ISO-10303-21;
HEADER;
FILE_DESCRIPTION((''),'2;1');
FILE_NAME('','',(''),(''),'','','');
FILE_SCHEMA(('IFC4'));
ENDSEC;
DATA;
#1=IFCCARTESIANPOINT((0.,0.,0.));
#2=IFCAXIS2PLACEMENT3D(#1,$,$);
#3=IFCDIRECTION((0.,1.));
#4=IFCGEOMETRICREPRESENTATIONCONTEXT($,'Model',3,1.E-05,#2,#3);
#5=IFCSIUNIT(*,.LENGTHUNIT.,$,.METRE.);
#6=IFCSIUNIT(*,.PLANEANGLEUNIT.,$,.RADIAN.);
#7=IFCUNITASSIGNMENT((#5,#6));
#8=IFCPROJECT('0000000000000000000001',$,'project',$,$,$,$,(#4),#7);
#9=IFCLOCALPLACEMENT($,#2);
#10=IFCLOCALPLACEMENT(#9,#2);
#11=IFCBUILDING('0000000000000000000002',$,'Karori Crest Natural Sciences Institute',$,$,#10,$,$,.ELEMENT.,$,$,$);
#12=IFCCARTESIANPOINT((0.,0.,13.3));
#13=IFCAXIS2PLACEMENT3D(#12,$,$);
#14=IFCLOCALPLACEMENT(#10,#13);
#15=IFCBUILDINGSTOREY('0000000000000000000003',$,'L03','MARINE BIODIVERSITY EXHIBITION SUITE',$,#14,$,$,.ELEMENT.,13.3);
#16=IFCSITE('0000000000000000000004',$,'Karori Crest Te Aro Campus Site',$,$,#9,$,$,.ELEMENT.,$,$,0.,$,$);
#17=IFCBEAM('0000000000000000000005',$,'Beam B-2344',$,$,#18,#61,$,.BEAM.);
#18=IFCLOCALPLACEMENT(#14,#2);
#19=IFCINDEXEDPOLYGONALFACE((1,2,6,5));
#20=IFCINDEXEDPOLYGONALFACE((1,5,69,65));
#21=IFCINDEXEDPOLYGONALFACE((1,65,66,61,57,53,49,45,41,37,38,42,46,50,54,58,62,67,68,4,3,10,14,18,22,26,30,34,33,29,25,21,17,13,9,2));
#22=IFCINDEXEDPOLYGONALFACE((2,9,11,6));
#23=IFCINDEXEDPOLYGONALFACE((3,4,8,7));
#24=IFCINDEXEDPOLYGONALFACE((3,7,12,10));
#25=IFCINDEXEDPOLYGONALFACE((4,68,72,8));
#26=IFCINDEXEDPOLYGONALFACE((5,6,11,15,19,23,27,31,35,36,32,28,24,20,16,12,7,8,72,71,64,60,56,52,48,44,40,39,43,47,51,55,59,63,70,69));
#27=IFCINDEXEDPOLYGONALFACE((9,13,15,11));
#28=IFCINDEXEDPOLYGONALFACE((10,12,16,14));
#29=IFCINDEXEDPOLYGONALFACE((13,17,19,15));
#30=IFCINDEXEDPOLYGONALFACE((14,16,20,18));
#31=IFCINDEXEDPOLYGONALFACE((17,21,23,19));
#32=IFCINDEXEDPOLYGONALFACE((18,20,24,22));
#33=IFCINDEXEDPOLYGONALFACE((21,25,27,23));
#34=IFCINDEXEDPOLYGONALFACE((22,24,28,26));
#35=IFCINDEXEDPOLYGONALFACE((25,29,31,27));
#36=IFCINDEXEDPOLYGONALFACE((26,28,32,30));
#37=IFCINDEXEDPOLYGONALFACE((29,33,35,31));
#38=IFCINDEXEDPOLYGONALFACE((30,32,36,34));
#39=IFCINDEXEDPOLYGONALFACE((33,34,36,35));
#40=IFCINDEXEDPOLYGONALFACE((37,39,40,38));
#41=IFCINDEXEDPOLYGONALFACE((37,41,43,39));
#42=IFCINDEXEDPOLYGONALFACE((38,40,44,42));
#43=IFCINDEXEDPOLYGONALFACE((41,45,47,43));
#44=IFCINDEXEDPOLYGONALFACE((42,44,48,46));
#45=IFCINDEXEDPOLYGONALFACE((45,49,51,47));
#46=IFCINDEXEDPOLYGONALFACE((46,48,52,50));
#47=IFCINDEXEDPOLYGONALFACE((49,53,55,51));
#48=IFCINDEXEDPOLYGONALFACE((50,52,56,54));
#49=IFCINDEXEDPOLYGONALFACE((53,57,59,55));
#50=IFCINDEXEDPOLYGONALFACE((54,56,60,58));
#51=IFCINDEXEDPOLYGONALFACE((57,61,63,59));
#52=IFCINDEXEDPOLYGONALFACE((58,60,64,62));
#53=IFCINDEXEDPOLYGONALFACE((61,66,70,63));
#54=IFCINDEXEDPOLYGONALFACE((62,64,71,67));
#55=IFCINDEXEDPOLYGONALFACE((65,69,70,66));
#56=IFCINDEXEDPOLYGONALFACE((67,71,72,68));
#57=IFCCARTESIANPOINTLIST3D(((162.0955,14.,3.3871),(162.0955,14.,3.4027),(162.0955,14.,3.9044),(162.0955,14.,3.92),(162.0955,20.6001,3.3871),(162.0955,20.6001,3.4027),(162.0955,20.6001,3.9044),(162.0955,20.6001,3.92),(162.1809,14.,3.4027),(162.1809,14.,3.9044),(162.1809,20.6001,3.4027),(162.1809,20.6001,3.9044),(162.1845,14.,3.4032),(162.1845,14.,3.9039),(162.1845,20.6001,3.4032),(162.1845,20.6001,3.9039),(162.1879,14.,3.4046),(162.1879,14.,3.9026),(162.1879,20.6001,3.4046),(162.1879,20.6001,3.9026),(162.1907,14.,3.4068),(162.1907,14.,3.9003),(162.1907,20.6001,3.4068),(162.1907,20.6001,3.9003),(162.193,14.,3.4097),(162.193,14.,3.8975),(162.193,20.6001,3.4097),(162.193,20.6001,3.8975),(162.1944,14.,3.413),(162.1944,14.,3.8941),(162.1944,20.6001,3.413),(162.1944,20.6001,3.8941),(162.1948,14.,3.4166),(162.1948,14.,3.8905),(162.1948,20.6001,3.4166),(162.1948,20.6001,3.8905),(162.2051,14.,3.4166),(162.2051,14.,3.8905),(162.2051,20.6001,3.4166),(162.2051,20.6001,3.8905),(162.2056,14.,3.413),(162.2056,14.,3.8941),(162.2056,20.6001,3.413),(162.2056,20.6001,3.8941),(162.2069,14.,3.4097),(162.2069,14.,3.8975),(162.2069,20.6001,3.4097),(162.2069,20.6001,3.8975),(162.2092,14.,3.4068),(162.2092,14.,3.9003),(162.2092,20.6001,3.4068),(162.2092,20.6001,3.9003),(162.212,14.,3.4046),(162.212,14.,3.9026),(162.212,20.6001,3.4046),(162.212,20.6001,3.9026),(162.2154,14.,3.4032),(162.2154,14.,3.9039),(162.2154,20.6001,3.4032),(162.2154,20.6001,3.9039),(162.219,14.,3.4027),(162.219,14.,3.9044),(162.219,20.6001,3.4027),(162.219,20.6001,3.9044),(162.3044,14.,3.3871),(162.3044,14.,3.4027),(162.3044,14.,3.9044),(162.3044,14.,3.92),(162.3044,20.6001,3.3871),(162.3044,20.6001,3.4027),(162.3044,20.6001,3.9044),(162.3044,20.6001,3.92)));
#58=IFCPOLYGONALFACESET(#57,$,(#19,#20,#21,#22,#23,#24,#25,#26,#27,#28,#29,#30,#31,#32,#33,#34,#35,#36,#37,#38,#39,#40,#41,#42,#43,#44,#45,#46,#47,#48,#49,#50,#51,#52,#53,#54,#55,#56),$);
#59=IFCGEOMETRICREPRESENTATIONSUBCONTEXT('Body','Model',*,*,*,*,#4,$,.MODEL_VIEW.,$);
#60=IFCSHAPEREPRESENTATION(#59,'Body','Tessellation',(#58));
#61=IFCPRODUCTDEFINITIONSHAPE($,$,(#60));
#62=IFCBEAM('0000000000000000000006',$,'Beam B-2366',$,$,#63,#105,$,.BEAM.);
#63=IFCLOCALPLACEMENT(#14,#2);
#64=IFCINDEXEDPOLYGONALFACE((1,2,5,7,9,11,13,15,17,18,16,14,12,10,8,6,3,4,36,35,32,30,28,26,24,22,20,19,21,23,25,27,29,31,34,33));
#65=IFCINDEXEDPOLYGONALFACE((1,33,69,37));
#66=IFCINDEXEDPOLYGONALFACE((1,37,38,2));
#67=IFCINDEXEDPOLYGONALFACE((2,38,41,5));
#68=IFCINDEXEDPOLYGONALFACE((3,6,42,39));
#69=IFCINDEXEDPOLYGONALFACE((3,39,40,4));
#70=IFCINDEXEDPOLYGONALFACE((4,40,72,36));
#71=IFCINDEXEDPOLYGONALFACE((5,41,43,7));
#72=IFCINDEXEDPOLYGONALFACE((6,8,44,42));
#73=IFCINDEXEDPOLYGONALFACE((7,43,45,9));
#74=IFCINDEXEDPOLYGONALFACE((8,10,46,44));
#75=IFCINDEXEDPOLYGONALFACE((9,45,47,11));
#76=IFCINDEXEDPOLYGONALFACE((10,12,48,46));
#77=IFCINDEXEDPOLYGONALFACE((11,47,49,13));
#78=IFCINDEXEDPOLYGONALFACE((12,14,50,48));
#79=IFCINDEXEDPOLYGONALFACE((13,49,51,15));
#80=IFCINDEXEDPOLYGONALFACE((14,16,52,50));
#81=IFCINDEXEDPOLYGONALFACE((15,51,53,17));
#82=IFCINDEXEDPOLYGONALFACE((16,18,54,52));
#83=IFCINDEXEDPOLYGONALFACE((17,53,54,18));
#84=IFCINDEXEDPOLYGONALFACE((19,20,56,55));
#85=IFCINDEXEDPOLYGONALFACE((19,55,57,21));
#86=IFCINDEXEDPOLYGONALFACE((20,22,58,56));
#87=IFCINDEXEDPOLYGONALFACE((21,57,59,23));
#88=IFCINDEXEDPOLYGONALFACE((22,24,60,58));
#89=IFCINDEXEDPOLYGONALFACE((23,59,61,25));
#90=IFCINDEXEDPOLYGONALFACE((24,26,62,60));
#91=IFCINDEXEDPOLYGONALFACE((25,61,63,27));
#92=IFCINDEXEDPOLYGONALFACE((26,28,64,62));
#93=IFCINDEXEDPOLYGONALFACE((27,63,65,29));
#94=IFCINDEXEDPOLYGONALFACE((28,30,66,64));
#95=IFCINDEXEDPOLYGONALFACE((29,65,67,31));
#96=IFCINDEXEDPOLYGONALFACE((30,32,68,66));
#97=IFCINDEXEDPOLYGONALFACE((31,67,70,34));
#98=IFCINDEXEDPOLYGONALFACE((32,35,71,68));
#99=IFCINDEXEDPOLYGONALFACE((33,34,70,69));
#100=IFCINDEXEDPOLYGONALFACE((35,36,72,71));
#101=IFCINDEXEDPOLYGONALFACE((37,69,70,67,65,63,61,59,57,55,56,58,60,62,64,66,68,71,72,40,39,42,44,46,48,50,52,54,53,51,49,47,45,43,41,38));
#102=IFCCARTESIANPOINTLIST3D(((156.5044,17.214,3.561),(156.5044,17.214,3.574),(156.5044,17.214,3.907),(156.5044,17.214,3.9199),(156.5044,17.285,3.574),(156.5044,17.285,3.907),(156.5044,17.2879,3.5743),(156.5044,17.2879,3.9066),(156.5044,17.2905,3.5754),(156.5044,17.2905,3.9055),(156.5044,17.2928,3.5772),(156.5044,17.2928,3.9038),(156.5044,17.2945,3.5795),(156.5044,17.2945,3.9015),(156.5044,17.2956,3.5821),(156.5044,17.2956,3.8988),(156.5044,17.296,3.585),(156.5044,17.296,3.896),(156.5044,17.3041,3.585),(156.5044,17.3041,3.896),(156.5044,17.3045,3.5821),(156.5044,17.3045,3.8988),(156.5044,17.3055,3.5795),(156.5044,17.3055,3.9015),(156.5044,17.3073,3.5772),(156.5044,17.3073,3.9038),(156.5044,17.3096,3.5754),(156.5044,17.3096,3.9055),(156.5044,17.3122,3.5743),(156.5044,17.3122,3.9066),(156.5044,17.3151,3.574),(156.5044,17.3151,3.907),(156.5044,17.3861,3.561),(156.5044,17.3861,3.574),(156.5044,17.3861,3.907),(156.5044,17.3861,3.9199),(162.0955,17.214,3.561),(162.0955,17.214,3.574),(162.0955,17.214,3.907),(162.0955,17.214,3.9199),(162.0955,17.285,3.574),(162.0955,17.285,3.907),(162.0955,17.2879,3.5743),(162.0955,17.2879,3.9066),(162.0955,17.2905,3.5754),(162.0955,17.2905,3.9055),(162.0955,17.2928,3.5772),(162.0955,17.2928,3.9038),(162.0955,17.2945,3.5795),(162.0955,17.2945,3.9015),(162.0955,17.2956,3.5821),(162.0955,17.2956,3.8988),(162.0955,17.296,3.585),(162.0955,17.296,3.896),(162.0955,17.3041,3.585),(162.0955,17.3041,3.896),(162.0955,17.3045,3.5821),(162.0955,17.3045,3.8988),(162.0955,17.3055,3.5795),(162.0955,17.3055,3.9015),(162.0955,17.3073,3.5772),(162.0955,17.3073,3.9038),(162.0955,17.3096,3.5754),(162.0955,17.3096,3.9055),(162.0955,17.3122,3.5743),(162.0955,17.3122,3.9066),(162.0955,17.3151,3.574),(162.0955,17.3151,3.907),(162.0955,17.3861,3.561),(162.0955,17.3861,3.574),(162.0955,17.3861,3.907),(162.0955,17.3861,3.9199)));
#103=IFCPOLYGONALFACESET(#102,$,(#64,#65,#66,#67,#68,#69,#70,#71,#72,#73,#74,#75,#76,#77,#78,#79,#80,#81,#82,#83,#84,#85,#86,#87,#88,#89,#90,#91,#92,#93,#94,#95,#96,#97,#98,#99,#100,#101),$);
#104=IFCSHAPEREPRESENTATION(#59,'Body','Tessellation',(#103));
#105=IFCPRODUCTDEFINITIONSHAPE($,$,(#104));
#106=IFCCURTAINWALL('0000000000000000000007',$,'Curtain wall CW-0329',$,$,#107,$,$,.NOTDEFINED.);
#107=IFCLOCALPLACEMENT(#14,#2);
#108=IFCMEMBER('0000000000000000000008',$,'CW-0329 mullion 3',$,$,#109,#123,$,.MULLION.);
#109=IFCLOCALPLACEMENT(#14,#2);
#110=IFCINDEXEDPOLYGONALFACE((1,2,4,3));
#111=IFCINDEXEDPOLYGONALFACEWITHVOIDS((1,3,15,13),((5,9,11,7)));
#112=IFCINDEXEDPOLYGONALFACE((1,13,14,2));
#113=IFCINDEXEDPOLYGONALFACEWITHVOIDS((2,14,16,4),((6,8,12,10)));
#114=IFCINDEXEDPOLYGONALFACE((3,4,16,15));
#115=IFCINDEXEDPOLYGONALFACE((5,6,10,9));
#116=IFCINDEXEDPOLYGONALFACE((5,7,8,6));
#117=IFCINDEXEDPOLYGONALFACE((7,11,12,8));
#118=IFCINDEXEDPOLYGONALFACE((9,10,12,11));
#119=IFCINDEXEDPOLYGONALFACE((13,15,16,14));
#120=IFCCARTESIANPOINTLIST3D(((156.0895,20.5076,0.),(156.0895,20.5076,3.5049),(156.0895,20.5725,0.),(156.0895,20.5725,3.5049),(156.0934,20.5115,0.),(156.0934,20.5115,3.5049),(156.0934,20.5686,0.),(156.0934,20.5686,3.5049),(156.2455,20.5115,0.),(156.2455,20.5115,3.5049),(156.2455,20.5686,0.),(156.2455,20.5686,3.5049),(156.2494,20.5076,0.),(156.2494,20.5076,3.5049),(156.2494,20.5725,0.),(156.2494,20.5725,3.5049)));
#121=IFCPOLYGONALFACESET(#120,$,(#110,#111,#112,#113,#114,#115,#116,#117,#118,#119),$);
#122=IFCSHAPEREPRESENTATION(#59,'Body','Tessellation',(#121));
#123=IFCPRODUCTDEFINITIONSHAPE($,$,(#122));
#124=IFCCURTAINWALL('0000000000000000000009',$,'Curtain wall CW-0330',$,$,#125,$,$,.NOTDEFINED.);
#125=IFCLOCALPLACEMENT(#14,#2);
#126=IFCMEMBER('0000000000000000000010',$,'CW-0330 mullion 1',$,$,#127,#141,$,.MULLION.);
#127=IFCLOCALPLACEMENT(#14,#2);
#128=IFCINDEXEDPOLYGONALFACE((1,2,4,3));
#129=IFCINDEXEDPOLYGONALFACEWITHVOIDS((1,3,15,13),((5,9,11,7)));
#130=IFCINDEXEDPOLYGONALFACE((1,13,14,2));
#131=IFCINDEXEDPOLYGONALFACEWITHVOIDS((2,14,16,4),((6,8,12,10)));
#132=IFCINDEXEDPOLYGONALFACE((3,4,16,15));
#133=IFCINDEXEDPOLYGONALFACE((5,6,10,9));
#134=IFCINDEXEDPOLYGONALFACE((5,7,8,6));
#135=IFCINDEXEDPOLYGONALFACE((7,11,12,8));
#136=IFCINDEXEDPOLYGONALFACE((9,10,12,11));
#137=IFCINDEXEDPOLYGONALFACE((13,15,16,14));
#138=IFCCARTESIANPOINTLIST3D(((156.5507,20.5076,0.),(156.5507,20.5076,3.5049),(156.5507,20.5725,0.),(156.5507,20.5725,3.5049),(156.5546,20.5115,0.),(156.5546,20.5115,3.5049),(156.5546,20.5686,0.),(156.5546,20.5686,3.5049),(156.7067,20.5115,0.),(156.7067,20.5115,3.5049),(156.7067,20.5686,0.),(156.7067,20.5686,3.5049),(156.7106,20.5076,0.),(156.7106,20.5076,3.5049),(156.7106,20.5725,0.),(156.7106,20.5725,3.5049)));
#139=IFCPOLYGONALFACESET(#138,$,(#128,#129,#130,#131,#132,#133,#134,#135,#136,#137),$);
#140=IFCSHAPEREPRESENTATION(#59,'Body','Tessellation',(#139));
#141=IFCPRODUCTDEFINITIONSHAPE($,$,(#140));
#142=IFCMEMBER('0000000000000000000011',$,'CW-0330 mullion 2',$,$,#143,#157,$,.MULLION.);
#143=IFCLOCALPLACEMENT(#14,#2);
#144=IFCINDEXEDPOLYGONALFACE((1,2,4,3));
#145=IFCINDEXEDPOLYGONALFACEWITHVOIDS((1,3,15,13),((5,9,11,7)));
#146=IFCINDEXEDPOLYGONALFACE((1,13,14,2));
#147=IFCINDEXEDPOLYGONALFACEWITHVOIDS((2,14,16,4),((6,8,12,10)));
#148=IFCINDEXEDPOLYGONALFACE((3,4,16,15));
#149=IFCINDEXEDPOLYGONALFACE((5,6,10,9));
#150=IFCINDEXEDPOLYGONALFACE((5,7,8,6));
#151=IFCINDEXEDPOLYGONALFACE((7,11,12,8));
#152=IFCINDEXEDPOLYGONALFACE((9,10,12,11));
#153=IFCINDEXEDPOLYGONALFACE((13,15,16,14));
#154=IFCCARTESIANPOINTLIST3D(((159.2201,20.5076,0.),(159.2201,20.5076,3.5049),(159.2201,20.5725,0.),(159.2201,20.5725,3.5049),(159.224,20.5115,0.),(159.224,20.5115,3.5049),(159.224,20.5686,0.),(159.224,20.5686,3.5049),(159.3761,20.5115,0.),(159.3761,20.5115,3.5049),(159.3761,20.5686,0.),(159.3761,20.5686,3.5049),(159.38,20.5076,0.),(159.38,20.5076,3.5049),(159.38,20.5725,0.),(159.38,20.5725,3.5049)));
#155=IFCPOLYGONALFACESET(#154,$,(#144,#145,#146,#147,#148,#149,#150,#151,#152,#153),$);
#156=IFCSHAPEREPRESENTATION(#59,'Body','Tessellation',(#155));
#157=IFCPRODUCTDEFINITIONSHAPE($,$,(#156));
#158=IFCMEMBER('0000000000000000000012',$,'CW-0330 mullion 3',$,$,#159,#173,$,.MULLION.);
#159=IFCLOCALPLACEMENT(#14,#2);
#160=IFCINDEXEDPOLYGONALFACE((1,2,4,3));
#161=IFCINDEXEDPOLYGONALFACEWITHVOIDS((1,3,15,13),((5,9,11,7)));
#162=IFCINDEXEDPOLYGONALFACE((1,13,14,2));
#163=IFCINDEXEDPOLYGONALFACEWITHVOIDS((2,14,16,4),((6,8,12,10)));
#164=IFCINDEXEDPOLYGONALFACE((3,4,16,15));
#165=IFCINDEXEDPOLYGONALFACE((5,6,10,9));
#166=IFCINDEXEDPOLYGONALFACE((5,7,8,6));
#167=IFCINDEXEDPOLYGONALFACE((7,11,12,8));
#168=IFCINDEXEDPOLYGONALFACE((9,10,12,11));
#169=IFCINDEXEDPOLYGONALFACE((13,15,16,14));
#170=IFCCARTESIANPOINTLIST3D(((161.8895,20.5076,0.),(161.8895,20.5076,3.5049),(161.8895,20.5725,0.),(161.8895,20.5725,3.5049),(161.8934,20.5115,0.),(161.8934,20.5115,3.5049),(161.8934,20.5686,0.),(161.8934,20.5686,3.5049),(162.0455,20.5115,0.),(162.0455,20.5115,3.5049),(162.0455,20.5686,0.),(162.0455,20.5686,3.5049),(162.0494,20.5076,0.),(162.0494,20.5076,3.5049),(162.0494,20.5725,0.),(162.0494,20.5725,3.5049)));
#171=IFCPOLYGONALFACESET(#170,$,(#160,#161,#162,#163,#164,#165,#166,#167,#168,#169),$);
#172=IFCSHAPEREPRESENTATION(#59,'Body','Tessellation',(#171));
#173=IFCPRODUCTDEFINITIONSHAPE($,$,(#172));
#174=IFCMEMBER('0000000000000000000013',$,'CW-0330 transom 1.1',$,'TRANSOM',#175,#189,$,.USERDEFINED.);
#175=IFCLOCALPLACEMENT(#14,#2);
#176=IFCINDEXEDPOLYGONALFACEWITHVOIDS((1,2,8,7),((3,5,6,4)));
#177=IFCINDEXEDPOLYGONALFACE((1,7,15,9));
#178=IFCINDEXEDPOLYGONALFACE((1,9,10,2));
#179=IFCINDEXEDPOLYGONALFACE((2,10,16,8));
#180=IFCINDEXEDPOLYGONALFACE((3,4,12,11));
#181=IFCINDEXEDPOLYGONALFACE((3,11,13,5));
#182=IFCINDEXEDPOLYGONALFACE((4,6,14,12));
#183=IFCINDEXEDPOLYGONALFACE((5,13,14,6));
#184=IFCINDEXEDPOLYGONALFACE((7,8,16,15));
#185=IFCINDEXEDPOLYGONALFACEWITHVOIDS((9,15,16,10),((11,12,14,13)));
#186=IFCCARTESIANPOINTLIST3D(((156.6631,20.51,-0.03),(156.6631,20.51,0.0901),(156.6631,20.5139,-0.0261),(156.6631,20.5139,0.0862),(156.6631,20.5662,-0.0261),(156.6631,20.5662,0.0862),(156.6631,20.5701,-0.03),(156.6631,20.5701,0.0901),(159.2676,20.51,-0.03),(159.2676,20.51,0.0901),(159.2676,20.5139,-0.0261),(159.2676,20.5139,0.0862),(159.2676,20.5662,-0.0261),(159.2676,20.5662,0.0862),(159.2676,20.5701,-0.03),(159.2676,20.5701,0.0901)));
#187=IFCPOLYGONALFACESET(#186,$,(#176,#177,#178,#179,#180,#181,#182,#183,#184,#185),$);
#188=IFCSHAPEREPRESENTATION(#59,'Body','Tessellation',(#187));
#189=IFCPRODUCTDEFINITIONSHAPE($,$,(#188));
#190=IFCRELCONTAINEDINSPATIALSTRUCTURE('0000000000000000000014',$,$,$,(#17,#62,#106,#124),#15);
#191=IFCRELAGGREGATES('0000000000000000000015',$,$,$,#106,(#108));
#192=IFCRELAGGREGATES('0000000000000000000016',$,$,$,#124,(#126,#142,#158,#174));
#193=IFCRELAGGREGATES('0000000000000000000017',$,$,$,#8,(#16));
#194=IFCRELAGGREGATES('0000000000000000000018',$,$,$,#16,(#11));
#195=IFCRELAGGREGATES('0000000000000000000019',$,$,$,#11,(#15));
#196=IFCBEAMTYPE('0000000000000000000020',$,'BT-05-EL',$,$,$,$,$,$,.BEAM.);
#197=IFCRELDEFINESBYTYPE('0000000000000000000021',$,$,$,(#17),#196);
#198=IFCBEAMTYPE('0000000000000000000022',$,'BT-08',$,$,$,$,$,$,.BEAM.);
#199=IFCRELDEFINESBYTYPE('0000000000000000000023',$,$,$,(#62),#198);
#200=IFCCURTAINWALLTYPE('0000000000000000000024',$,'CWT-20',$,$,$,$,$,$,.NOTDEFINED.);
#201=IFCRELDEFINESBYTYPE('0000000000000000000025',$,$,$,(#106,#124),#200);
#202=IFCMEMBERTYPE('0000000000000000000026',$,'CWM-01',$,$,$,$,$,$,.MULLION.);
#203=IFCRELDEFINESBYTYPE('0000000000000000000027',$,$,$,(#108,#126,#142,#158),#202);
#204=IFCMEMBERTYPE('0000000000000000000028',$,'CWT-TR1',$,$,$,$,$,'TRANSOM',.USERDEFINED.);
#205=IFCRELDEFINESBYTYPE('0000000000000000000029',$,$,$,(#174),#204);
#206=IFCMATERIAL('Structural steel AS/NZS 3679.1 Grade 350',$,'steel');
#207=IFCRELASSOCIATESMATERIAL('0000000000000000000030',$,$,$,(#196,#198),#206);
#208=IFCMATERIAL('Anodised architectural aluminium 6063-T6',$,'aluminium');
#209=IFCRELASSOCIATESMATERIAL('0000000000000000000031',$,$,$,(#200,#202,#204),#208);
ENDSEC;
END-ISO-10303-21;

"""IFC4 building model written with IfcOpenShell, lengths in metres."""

from ifc_helpers import new_model, si_unit, direction, frame, origin, origin_2d, place, context, subcontext, project, spatial, hollow_rectangle, i_section, extrude, material, material_profile, profile_set, type_object, element, aggregate, save


model = new_model("IFC4")

# Units and contexts
model_context = context("Model", 3, precision=1e-05, world=origin(), true_north=direction((0.0, 1.0)))
body_context = subcontext(model_context, "Body", "Model", "MODEL_VIEW")
ifc_project = project(units=[si_unit("LENGTHUNIT", "METRE"), si_unit("PLANEANGLEUNIT", "RADIAN")], contexts=[model_context])

# Site, building, storey
site_placement = place(None, origin())
site = spatial("IfcSite", under=ifc_project, at=site_placement, Name="Karori Crest Te Aro Campus Site", CompositionType="ELEMENT", RefElevation=0.0)
building_placement = place(site_placement, origin())
building = spatial("IfcBuilding", under=site, at=building_placement, Name="Karori Crest Natural Sciences Institute", CompositionType="ELEMENT")
storey_placement = place(building_placement, frame((0.0, 0.0, 13.3)))
storey = spatial("IfcBuildingStorey", under=building, at=storey_placement, Name="L03", Description="MARINE BIODIVERSITY EXHIBITION SUITE", CompositionType="ELEMENT", Elevation=13.3)

# Beams
ifc_material_1 = material(Name="Structural steel AS/NZS 3679.1 Grade 350", Category="steel")
ifc_material_profile_1 = material_profile(ifc_material_1, i_section(OverallWidth=0.209, OverallDepth=0.533, WebThickness=0.0103, FlangeThickness=0.0156, FilletRadius=0.0139, at=origin_2d()), Name="530UB92.4")
ifc_profile_set_1 = profile_set([ifc_material_profile_1], Name="Structural steel AS/NZS 3679.1 Grade 350")
beam_type_1 = type_object("IfcBeamType", Name="BT-05-EL", PredefinedType="BEAM", material=ifc_profile_set_1)
beam_1_placement = place(storey_placement, frame((162.2, 14.0, 3.6536), z_axis=(0.0, 1.0, 0.0), x_axis=(-1.0, 0.0, 0.0)))
element("IfcBeam", 1, at=beam_1_placement, inside=storey, type_object=beam_type_1, Name="Beam B-2344", PredefinedType="BEAM", context=body_context, shape_type="SweptSolid", body=[
    extrude(i_section(OverallWidth=0.209, OverallDepth=0.533, WebThickness=0.0103, FlangeThickness=0.0156, FilletRadius=0.0139, at=origin_2d()), origin(), (0.0, 0.0, 1.0), 6.6001),
])
ifc_material_profile_2 = material_profile(ifc_material_1, i_section(OverallWidth=0.1721, OverallDepth=0.3589, WebThickness=0.0081, FlangeThickness=0.0129, FilletRadius=0.011, at=origin_2d()), Name="360UB56.7")
ifc_profile_set_2 = profile_set([ifc_material_profile_2], Name="Structural steel AS/NZS 3679.1 Grade 350")
beam_type_2 = type_object("IfcBeamType", Name="BT-08", PredefinedType="BEAM", material=ifc_profile_set_2)
beam_2_placement = place(storey_placement, frame((156.5044, 17.3, 3.7405), z_axis=(1.0, 0.0, 0.0), x_axis=(0.0, 1.0, 0.0)))
element("IfcBeam", 2, at=beam_2_placement, inside=storey, type_object=beam_type_2, Name="Beam B-2366", PredefinedType="BEAM", context=body_context, shape_type="SweptSolid", body=[
    extrude(i_section(OverallWidth=0.1721, OverallDepth=0.3589, WebThickness=0.0081, FlangeThickness=0.0129, FilletRadius=0.011, at=origin_2d()), origin(), (0.0, 0.0, 1.0), 5.5911),
])

# Curtain wall, member
ifc_material_2 = material(Name="Anodised architectural aluminium 6063-T6", Category="aluminium")
curtain_wall_type = type_object("IfcCurtainWallType", Name="CWT-20", PredefinedType="NOTDEFINED", material=ifc_material_2)
curtain_wall_1_placement = place(storey_placement, origin())
curtain_wall_1 = element("IfcCurtainWall", 3, at=curtain_wall_1_placement, inside=storey, type_object=curtain_wall_type, Name="Curtain wall CW-0329", PredefinedType="NOTDEFINED")
ifc_material_profile_3 = material_profile(ifc_material_2, hollow_rectangle(XDim=0.0649, YDim=0.1599, WallThickness=0.0039, at=origin_2d()), Name="CWM160x65x4")
ifc_profile_set_3 = profile_set([ifc_material_profile_3], Name="Anodised architectural aluminium 6063-T6")
member_type_1 = type_object("IfcMemberType", Name="CWM-01", PredefinedType="MULLION", material=ifc_profile_set_3)
member_1_placement = place(storey_placement, frame((156.1694, 20.54, 0.0), z_axis=(0.0, 0.0, 1.0), x_axis=(0.0, 1.0, 0.0)))
member_1 = element("IfcMember", 4, at=member_1_placement, type_object=member_type_1, Name="CW-0329 mullion 3", PredefinedType="MULLION", context=body_context, shape_type="SweptSolid", body=[
    extrude(hollow_rectangle(XDim=0.0649, YDim=0.1599, WallThickness=0.0039, at=origin_2d()), origin(), (0.0, 0.0, 1.0), 3.5049),
])

# Curtain wall, members
curtain_wall_2_placement = place(storey_placement, origin())
curtain_wall_2 = element("IfcCurtainWall", 5, at=curtain_wall_2_placement, inside=storey, type_object=curtain_wall_type, Name="Curtain wall CW-0330", PredefinedType="NOTDEFINED")
member_2_placement = place(storey_placement, frame((156.6306, 20.54, 0.0), z_axis=(0.0, 0.0, 1.0), x_axis=(0.0, 1.0, 0.0)))
member_2 = element("IfcMember", 6, at=member_2_placement, type_object=member_type_1, Name="CW-0330 mullion 1", PredefinedType="MULLION", context=body_context, shape_type="SweptSolid", body=[
    extrude(hollow_rectangle(XDim=0.0649, YDim=0.1599, WallThickness=0.0039, at=origin_2d()), origin(), (0.0, 0.0, 1.0), 3.5049),
])
member_3_placement = place(storey_placement, frame((159.3, 20.54, 0.0), z_axis=(0.0, 0.0, 1.0), x_axis=(0.0, 1.0, 0.0)))
member_3 = element("IfcMember", 7, at=member_3_placement, type_object=member_type_1, Name="CW-0330 mullion 2", PredefinedType="MULLION", context=body_context, shape_type="SweptSolid", body=[
    extrude(hollow_rectangle(XDim=0.0649, YDim=0.1599, WallThickness=0.0039, at=origin_2d()), origin(), (0.0, 0.0, 1.0), 3.5049),
])
member_4_placement = place(storey_placement, frame((161.9695, 20.54, 0.0), z_axis=(0.0, 0.0, 1.0), x_axis=(0.0, 1.0, 0.0)))
member_4 = element("IfcMember", 8, at=member_4_placement, type_object=member_type_1, Name="CW-0330 mullion 3", PredefinedType="MULLION", context=body_context, shape_type="SweptSolid", body=[
    extrude(hollow_rectangle(XDim=0.0649, YDim=0.1599, WallThickness=0.0039, at=origin_2d()), origin(), (0.0, 0.0, 1.0), 3.5049),
])
ifc_material_profile_4 = material_profile(ifc_material_2, hollow_rectangle(XDim=0.0601, YDim=0.1201, WallThickness=0.0039, at=origin_2d()), Name="CWT120x60x4")
ifc_profile_set_4 = profile_set([ifc_material_profile_4], Name="Anodised architectural aluminium 6063-T6")
member_type_2 = type_object("IfcMemberType", Name="CWT-TR1", ElementType="TRANSOM", PredefinedType="USERDEFINED", material=ifc_profile_set_4)
member_5_placement = place(storey_placement, frame((156.6631, 20.54, 0.03), z_axis=(1.0, 0.0, 0.0), x_axis=(0.0, 1.0, 0.0)))
member_5 = element("IfcMember", 9, at=member_5_placement, type_object=member_type_2, Name="CW-0330 transom 1.1", ObjectType="TRANSOM", PredefinedType="USERDEFINED", context=body_context, shape_type="SweptSolid", body=[
    extrude(hollow_rectangle(XDim=0.0601, YDim=0.1201, WallThickness=0.0039, at=origin_2d()), origin(), (0.0, 0.0, 1.0), 2.6045),
])

aggregate(curtain_wall_1, [member_1])
aggregate(curtain_wall_2, [member_2, member_3, member_4, member_5])

save(model, "model.ifc")
